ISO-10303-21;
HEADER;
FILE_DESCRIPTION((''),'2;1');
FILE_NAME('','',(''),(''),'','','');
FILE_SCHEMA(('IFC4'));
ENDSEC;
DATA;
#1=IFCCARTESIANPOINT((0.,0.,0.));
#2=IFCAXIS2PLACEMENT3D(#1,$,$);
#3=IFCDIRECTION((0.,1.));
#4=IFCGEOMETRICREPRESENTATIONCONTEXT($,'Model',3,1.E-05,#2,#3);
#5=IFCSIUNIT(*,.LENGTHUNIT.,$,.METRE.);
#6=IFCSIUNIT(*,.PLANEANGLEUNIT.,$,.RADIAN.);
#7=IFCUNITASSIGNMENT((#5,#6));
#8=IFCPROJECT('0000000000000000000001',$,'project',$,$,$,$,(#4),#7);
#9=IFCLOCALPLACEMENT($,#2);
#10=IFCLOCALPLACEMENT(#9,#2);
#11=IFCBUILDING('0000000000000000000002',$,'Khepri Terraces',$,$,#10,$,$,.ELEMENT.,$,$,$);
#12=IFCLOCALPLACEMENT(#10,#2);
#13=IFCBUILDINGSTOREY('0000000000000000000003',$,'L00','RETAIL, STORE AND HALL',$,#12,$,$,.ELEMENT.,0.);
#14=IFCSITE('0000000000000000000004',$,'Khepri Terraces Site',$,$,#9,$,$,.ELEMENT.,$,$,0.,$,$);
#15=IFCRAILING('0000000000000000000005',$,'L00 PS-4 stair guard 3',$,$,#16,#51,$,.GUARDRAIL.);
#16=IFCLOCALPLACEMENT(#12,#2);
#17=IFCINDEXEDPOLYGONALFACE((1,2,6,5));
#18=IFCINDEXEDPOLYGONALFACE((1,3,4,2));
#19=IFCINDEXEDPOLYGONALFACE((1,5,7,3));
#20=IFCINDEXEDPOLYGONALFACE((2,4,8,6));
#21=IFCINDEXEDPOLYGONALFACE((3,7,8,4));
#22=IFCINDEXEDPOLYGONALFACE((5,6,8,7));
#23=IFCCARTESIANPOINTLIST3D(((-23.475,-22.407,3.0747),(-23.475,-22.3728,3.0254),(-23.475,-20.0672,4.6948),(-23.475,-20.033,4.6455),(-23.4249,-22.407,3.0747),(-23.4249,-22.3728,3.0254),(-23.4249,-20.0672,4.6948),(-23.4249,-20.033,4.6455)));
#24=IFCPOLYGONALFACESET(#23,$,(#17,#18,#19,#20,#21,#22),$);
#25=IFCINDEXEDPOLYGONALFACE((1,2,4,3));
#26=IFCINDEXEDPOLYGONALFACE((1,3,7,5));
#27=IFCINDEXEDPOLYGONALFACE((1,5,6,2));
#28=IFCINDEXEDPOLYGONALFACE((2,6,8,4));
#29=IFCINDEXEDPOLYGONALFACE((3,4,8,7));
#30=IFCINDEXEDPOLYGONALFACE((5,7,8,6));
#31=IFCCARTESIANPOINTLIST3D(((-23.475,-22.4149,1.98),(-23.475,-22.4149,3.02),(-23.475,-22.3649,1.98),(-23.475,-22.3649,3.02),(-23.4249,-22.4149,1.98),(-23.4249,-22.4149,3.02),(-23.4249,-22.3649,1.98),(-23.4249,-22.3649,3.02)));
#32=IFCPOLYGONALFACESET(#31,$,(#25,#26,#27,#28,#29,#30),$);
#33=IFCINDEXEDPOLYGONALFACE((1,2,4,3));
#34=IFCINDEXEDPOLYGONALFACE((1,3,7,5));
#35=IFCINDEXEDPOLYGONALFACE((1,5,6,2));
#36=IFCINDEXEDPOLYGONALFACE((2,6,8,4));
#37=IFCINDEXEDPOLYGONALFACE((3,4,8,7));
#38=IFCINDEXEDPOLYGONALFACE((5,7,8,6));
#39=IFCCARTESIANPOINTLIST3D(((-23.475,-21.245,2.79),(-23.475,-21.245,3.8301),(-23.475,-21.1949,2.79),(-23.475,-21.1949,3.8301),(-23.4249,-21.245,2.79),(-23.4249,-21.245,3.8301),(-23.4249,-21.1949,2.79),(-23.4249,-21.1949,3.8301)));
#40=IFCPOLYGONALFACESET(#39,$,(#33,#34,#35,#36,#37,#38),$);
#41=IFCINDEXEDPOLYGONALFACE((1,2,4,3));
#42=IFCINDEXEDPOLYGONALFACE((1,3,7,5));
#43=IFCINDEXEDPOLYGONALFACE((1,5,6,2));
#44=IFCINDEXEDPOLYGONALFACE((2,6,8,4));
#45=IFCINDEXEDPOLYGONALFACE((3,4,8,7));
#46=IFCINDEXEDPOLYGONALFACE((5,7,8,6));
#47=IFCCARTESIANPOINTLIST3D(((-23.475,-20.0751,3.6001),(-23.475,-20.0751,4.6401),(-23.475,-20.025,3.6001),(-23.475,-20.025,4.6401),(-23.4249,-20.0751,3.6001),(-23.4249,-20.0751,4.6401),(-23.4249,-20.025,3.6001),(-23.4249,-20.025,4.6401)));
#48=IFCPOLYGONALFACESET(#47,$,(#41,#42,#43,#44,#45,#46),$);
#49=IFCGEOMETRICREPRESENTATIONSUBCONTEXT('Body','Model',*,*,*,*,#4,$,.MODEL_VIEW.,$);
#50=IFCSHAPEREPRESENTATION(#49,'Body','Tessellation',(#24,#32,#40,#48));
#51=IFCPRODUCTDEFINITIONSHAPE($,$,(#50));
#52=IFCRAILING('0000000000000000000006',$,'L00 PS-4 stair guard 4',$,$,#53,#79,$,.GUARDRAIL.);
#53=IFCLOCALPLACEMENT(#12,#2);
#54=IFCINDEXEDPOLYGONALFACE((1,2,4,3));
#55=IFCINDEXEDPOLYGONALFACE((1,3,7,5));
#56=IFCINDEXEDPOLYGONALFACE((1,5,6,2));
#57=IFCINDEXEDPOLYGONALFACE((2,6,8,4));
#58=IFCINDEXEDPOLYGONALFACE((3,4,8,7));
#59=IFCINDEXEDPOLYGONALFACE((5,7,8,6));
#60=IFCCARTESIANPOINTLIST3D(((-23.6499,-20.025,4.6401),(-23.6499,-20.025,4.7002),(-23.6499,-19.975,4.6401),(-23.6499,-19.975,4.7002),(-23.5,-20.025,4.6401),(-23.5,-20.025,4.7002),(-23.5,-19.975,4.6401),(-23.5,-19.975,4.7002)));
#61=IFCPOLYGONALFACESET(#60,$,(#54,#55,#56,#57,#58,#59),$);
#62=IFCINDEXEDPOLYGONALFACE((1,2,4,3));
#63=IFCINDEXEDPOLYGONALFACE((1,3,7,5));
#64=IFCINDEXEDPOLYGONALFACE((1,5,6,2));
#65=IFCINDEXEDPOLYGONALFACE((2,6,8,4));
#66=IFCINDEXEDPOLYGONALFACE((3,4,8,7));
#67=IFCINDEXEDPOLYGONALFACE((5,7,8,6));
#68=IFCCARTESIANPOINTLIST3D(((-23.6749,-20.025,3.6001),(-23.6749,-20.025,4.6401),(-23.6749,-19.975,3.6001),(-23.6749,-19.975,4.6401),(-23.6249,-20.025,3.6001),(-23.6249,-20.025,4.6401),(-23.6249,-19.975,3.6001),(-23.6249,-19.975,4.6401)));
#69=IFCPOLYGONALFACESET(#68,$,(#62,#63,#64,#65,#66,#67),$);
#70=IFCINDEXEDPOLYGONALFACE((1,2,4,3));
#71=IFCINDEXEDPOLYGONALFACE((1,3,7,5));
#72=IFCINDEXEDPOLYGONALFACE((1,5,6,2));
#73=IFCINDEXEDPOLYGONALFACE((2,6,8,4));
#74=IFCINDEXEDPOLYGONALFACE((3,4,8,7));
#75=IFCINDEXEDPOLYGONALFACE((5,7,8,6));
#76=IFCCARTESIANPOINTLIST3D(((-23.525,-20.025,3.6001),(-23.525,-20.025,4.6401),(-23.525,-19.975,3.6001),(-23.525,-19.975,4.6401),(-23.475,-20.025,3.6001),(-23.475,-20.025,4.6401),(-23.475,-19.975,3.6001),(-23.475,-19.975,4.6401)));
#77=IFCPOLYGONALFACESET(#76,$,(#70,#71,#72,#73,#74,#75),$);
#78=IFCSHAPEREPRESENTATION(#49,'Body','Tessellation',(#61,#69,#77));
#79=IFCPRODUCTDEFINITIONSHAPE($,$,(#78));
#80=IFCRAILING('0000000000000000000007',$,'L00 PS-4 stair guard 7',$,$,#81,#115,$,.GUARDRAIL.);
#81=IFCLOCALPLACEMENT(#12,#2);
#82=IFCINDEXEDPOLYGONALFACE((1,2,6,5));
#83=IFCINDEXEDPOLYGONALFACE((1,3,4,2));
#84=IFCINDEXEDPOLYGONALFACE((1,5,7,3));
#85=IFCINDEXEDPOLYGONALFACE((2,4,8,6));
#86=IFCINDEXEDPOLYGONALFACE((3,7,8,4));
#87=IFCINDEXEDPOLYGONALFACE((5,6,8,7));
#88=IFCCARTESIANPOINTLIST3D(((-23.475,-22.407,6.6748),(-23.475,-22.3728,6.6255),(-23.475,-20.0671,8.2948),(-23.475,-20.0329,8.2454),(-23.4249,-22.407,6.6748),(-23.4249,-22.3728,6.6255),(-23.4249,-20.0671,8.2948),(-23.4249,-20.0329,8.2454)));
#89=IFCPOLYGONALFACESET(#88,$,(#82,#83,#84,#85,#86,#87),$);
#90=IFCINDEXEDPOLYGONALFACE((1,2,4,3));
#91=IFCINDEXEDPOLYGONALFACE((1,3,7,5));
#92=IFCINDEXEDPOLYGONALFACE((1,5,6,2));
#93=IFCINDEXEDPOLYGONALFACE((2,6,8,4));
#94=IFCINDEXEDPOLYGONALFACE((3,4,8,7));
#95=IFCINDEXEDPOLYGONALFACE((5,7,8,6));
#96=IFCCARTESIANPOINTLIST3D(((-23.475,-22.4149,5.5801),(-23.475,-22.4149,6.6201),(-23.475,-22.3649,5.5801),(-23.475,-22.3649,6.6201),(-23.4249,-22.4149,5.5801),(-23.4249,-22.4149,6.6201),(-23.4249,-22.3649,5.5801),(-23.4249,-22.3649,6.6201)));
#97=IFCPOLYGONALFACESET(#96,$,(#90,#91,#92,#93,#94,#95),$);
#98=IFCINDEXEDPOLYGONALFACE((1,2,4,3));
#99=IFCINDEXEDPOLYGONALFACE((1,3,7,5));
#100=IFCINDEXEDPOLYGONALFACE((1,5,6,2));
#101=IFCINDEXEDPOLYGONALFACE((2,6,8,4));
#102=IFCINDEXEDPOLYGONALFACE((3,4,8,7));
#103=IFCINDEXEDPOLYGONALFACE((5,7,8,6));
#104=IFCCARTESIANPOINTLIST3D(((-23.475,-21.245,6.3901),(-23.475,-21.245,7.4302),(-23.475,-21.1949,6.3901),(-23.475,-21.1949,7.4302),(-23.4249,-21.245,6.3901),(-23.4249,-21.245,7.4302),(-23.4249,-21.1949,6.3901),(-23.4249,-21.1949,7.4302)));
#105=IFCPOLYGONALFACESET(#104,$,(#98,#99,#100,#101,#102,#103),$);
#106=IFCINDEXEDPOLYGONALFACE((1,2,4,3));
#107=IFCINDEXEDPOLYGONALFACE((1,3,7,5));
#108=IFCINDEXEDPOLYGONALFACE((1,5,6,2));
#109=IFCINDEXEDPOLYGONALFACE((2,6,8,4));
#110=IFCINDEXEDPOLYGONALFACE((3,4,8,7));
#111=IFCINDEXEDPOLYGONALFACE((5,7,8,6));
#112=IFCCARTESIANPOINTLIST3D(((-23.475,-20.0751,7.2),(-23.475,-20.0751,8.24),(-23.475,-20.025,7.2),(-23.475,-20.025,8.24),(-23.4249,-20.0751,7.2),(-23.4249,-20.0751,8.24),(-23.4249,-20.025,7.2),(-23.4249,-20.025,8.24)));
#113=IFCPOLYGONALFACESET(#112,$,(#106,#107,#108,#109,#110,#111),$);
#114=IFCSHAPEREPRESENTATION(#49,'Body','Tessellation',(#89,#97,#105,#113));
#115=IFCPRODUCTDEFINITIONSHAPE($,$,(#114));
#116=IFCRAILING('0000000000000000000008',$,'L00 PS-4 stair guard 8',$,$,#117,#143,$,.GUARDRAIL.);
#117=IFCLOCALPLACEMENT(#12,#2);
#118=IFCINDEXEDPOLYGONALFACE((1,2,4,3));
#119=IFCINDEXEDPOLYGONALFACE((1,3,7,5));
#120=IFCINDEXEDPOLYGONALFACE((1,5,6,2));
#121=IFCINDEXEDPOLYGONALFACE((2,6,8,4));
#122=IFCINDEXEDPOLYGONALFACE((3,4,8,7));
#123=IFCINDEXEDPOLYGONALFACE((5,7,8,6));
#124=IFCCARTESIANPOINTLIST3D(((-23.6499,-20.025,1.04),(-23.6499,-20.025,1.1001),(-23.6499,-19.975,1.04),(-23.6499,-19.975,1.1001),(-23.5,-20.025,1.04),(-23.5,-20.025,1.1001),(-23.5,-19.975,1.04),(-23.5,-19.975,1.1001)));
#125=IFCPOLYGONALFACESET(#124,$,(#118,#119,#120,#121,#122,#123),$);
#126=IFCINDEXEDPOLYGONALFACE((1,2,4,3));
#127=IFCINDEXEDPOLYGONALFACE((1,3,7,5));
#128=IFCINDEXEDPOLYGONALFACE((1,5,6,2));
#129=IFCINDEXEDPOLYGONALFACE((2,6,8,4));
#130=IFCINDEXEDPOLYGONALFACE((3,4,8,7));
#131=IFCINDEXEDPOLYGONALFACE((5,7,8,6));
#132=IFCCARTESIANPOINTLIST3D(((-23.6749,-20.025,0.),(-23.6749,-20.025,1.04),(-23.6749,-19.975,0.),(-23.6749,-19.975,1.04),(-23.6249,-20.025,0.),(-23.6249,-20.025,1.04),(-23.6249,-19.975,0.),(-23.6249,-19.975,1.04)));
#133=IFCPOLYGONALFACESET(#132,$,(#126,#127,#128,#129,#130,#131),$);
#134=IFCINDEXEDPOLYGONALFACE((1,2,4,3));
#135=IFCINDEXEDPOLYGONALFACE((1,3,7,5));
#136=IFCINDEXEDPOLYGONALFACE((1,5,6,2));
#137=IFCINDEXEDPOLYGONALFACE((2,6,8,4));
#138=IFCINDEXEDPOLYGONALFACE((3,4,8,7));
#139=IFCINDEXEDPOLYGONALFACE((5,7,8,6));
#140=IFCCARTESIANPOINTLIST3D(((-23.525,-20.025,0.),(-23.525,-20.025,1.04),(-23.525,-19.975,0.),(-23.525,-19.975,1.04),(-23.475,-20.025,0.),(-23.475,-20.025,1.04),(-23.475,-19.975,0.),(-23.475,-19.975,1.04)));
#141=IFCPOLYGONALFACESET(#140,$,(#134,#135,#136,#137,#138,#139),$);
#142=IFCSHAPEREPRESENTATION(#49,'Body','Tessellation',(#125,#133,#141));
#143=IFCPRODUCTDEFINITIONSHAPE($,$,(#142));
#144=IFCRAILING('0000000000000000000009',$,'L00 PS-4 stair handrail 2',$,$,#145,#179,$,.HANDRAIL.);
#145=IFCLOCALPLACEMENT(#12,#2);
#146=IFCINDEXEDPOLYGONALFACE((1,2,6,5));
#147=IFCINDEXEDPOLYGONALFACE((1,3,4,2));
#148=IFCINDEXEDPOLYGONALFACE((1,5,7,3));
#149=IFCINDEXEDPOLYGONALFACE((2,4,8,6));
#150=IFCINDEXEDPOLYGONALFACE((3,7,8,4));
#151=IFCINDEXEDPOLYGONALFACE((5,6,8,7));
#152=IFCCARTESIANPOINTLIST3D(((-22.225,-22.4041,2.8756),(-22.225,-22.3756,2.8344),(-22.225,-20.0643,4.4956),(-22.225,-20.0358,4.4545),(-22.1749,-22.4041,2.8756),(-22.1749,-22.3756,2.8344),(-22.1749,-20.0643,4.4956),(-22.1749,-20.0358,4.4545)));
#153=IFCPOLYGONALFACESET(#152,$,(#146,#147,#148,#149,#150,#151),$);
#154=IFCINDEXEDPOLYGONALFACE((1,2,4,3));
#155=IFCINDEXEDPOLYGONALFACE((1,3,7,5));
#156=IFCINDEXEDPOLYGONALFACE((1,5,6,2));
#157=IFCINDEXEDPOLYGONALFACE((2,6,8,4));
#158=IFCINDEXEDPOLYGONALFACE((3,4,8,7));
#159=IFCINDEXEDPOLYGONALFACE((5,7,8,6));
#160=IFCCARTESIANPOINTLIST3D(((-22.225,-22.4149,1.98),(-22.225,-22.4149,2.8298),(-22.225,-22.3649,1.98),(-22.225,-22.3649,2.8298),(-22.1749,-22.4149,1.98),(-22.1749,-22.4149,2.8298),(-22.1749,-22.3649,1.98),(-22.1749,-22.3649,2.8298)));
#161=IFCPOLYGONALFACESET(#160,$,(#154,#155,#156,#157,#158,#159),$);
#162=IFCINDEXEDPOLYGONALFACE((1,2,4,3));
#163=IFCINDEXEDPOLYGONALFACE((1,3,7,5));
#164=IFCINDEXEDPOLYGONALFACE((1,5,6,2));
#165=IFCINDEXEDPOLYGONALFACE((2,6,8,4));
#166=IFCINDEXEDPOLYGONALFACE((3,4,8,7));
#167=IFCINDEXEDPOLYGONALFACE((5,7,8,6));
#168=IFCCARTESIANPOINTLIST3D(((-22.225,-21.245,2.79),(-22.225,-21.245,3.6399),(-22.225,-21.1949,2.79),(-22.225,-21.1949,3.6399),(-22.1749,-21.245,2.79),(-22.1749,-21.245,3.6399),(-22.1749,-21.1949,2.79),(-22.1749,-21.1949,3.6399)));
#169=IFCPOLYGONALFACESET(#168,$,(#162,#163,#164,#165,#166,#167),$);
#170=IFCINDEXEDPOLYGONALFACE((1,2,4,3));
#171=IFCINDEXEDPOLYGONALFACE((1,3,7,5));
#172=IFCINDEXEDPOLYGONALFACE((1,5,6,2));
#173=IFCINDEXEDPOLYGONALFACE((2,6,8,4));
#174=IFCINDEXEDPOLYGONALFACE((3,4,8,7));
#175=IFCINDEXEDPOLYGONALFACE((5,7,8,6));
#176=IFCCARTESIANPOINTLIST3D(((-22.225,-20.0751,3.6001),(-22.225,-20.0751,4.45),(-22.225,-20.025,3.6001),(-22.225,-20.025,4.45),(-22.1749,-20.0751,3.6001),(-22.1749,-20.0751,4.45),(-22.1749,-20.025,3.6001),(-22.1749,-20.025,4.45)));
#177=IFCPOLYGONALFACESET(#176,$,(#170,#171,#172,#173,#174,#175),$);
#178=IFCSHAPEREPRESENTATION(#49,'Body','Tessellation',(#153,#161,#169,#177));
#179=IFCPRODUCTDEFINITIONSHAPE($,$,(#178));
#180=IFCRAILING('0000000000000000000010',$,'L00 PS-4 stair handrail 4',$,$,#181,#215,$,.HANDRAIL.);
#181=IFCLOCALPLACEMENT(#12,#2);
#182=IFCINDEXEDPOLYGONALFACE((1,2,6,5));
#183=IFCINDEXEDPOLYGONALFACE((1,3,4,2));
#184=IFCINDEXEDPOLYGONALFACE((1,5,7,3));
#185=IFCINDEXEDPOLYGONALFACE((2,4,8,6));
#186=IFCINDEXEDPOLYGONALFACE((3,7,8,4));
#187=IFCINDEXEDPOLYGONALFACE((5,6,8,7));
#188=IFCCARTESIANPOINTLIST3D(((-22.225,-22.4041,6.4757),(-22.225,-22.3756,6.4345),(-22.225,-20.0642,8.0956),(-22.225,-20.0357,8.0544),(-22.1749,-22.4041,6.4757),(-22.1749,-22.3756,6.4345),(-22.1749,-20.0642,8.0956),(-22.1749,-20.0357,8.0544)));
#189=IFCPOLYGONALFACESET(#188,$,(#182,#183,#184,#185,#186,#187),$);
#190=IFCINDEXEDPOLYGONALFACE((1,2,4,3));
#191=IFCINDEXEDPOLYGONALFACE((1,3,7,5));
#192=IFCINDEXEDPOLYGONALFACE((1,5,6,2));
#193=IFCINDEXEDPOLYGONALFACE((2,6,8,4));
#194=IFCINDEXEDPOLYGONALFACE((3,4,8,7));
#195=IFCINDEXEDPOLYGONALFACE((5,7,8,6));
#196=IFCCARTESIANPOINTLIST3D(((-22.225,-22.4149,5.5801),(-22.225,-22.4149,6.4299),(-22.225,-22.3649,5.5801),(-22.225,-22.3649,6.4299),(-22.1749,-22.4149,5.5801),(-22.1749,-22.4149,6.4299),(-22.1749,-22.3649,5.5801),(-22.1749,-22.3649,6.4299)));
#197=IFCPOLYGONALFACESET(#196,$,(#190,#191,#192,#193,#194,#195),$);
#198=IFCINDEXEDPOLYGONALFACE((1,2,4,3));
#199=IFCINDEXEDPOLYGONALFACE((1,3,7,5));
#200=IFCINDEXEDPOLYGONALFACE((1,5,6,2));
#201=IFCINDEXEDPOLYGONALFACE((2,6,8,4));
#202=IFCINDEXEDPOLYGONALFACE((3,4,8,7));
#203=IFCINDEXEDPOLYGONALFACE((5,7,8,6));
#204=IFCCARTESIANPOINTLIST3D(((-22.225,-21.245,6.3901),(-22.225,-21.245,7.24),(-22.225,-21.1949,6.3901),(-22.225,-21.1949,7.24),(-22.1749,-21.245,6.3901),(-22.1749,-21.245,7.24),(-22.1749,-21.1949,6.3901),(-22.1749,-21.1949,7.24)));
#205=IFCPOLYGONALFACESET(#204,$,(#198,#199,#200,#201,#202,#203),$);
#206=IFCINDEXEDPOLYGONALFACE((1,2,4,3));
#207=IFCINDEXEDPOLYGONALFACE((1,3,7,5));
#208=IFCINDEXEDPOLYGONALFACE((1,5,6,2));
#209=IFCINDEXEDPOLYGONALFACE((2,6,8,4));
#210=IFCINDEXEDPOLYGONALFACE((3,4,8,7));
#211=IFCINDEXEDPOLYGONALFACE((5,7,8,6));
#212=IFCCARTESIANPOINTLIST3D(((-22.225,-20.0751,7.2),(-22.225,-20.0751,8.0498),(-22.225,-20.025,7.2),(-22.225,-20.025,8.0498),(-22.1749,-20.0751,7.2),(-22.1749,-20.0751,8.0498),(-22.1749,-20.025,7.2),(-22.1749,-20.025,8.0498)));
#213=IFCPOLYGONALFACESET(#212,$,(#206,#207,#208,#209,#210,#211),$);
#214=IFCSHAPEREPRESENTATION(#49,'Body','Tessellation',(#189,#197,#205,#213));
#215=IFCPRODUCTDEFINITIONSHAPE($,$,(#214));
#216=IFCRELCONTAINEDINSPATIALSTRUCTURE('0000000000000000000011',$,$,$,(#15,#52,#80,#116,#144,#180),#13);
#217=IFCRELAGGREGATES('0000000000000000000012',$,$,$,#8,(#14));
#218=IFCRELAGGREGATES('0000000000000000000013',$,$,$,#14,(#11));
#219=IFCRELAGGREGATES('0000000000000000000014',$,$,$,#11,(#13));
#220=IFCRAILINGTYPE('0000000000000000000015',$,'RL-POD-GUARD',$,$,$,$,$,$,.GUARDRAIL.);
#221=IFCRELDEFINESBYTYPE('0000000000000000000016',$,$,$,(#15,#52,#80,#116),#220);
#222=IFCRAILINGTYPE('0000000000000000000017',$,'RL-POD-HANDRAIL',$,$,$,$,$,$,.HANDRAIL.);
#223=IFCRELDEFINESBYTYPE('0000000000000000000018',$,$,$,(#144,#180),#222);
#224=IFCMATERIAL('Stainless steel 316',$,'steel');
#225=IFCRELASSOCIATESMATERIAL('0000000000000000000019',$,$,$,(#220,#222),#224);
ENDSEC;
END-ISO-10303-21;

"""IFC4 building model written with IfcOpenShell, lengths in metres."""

from ifc_helpers import new_model, si_unit, direction, frame, origin, origin_2d, place, context, subcontext, project, spatial, rectangle, extrude, material, type_object, element, save


model = new_model("IFC4")

# Units and contexts
model_context = context("Model", 3, precision=1e-05, world=origin(), true_north=direction((0.0, 1.0)))
body_context = subcontext(model_context, "Body", "Model", "MODEL_VIEW")
ifc_project = project(units=[si_unit("LENGTHUNIT", "METRE"), si_unit("PLANEANGLEUNIT", "RADIAN")], contexts=[model_context])

# Site, building, storey
site_placement = place(None, origin())
site = spatial("IfcSite", under=ifc_project, at=site_placement, Name="Khepri Terraces Site", CompositionType="ELEMENT", RefElevation=0.0)
building_placement = place(site_placement, origin())
building = spatial("IfcBuilding", under=site, at=building_placement, Name="Khepri Terraces", CompositionType="ELEMENT")
storey_placement = place(building_placement, origin())
storey = spatial("IfcBuildingStorey", under=building, at=storey_placement, Name="L00", Description="RETAIL, STORE AND HALL", CompositionType="ELEMENT", Elevation=0.0)

# Railings
ifc_material_1 = material(Name="Stainless steel 316", Category="steel")
railing_type_1 = type_object("IfcRailingType", Name="RL-POD-GUARD", PredefinedType="GUARDRAIL", material=ifc_material_1)
railing_1_placement = place(storey_placement, frame((-23.45, -22.3899, 1.98)))
element("IfcRailing", 1, at=railing_1_placement, inside=storey, type_object=railing_type_1, Name="L00 PS-4 stair guard 3", PredefinedType="GUARDRAIL", context=body_context, shape_type="SweptSolid", body=[
    extrude(rectangle(XDim=0.05, YDim=0.0601, at=origin_2d()), frame((0.0, 0.0, 1.0701), z_axis=(0.0, 0.822155, 0.569264), x_axis=(-1.0, 0.0, 0.0)), (0.0, 0.0, 1.0), 2.8459),
    extrude(rectangle(XDim=0.05, YDim=0.05, at=origin_2d()), origin(), (0.0, 0.0, 1.0), 1.04),
    extrude(rectangle(XDim=0.05, YDim=0.05, at=origin_2d()), frame((0.0, 1.1699, 0.8101)), (0.0, 0.0, 1.0), 1.04),
    extrude(rectangle(XDim=0.05, YDim=0.05, at=origin_2d()), frame((0.0, 2.3398, 1.6201)), (0.0, 0.0, 1.0), 1.04),
])
railing_2_placement = place(storey_placement, frame((-23.6499, -20.0, 3.6001)))
element("IfcRailing", 2, at=railing_2_placement, inside=storey, type_object=railing_type_1, Name="L00 PS-4 stair guard 4", PredefinedType="GUARDRAIL", context=body_context, shape_type="SweptSolid", body=[
    extrude(rectangle(XDim=0.05, YDim=0.0601, at=origin_2d()), frame((0.0, 0.0, 1.0701), z_axis=(1.0, 0.0, 0.0), x_axis=(0.0, 1.0, 0.0)), (0.0, 0.0, 1.0), 0.1499),
    extrude(rectangle(XDim=0.05, YDim=0.05, at=origin_2d()), origin(), (0.0, 0.0, 1.0), 1.04),
    extrude(rectangle(XDim=0.05, YDim=0.05, at=origin_2d()), frame((0.1499, 0.0, 0.0)), (0.0, 0.0, 1.0), 1.04),
])
railing_3_placement = place(storey_placement, frame((-23.45, -22.3899, 5.5801)))
element("IfcRailing", 3, at=railing_3_placement, inside=storey, type_object=railing_type_1, Name="L00 PS-4 stair guard 7", PredefinedType="GUARDRAIL", context=body_context, shape_type="SweptSolid", body=[
    extrude(rectangle(XDim=0.05, YDim=0.0601, at=origin_2d()), frame((0.0, 0.0, 1.0701), z_axis=(0.0, 0.822195, 0.569206), x_axis=(-1.0, 0.0, 0.0)), (0.0, 0.0, 1.0), 2.8459),
    extrude(rectangle(XDim=0.05, YDim=0.05, at=origin_2d()), origin(), (0.0, 0.0, 1.0), 1.04),
    extrude(rectangle(XDim=0.05, YDim=0.05, at=origin_2d()), frame((0.0, 1.1699, 0.8101)), (0.0, 0.0, 1.0), 1.04),
    extrude(rectangle(XDim=0.05, YDim=0.05, at=origin_2d()), frame((0.0, 2.3398, 1.6199)), (0.0, 0.0, 1.0), 1.04),
])
railing_4_placement = place(storey_placement, frame((-23.6499, -20.0, 0.0)))
element("IfcRailing", 4, at=railing_4_placement, inside=storey, type_object=railing_type_1, Name="L00 PS-4 stair guard 8", PredefinedType="GUARDRAIL", context=body_context, shape_type="SweptSolid", body=[
    extrude(rectangle(XDim=0.05, YDim=0.0601, at=origin_2d()), frame((0.0, 0.0, 1.0701), z_axis=(1.0, 0.0, 0.0), x_axis=(0.0, 1.0, 0.0)), (0.0, 0.0, 1.0), 0.1499),
    extrude(rectangle(XDim=0.05, YDim=0.05, at=origin_2d()), origin(), (0.0, 0.0, 1.0), 1.04),
    extrude(rectangle(XDim=0.05, YDim=0.05, at=origin_2d()), frame((0.1499, 0.0, 0.0)), (0.0, 0.0, 1.0), 1.04),
])
railing_type_2 = type_object("IfcRailingType", Name="RL-POD-HANDRAIL", PredefinedType="HANDRAIL", material=ifc_material_1)
railing_5_placement = place(storey_placement, frame((-22.2, -22.3899, 1.98)))
element("IfcRailing", 5, at=railing_5_placement, inside=storey, type_object=railing_type_2, Name="L00 PS-4 stair handrail 2", PredefinedType="HANDRAIL", context=body_context, shape_type="SweptSolid", body=[
    extrude(rectangle(XDim=0.05, YDim=0.05, at=origin_2d()), frame((0.0, 0.0, 0.875), z_axis=(0.0, 0.822155, 0.569264), x_axis=(-1.0, 0.0, 0.0)), (0.0, 0.0, 1.0), 2.8459),
    extrude(rectangle(XDim=0.05, YDim=0.05, at=origin_2d()), origin(), (0.0, 0.0, 1.0), 0.8499),
    extrude(rectangle(XDim=0.05, YDim=0.05, at=origin_2d()), frame((0.0, 1.1699, 0.8101)), (0.0, 0.0, 1.0), 0.8499),
    extrude(rectangle(XDim=0.05, YDim=0.05, at=origin_2d()), frame((0.0, 2.3398, 1.6201)), (0.0, 0.0, 1.0), 0.8499),
])
railing_6_placement = place(storey_placement, frame((-22.2, -22.3899, 5.5801)))
element("IfcRailing", 6, at=railing_6_placement, inside=storey, type_object=railing_type_2, Name="L00 PS-4 stair handrail 4", PredefinedType="HANDRAIL", context=body_context, shape_type="SweptSolid", body=[
    extrude(rectangle(XDim=0.05, YDim=0.05, at=origin_2d()), frame((0.0, 0.0, 0.875), z_axis=(0.0, 0.822195, 0.569206), x_axis=(-1.0, 0.0, 0.0)), (0.0, 0.0, 1.0), 2.8459),
    extrude(rectangle(XDim=0.05, YDim=0.05, at=origin_2d()), origin(), (0.0, 0.0, 1.0), 0.8499),
    extrude(rectangle(XDim=0.05, YDim=0.05, at=origin_2d()), frame((0.0, 1.1699, 0.8101)), (0.0, 0.0, 1.0), 0.8499),
    extrude(rectangle(XDim=0.05, YDim=0.05, at=origin_2d()), frame((0.0, 2.3398, 1.6199)), (0.0, 0.0, 1.0), 0.8499),
])

save(model, "model.ifc")
